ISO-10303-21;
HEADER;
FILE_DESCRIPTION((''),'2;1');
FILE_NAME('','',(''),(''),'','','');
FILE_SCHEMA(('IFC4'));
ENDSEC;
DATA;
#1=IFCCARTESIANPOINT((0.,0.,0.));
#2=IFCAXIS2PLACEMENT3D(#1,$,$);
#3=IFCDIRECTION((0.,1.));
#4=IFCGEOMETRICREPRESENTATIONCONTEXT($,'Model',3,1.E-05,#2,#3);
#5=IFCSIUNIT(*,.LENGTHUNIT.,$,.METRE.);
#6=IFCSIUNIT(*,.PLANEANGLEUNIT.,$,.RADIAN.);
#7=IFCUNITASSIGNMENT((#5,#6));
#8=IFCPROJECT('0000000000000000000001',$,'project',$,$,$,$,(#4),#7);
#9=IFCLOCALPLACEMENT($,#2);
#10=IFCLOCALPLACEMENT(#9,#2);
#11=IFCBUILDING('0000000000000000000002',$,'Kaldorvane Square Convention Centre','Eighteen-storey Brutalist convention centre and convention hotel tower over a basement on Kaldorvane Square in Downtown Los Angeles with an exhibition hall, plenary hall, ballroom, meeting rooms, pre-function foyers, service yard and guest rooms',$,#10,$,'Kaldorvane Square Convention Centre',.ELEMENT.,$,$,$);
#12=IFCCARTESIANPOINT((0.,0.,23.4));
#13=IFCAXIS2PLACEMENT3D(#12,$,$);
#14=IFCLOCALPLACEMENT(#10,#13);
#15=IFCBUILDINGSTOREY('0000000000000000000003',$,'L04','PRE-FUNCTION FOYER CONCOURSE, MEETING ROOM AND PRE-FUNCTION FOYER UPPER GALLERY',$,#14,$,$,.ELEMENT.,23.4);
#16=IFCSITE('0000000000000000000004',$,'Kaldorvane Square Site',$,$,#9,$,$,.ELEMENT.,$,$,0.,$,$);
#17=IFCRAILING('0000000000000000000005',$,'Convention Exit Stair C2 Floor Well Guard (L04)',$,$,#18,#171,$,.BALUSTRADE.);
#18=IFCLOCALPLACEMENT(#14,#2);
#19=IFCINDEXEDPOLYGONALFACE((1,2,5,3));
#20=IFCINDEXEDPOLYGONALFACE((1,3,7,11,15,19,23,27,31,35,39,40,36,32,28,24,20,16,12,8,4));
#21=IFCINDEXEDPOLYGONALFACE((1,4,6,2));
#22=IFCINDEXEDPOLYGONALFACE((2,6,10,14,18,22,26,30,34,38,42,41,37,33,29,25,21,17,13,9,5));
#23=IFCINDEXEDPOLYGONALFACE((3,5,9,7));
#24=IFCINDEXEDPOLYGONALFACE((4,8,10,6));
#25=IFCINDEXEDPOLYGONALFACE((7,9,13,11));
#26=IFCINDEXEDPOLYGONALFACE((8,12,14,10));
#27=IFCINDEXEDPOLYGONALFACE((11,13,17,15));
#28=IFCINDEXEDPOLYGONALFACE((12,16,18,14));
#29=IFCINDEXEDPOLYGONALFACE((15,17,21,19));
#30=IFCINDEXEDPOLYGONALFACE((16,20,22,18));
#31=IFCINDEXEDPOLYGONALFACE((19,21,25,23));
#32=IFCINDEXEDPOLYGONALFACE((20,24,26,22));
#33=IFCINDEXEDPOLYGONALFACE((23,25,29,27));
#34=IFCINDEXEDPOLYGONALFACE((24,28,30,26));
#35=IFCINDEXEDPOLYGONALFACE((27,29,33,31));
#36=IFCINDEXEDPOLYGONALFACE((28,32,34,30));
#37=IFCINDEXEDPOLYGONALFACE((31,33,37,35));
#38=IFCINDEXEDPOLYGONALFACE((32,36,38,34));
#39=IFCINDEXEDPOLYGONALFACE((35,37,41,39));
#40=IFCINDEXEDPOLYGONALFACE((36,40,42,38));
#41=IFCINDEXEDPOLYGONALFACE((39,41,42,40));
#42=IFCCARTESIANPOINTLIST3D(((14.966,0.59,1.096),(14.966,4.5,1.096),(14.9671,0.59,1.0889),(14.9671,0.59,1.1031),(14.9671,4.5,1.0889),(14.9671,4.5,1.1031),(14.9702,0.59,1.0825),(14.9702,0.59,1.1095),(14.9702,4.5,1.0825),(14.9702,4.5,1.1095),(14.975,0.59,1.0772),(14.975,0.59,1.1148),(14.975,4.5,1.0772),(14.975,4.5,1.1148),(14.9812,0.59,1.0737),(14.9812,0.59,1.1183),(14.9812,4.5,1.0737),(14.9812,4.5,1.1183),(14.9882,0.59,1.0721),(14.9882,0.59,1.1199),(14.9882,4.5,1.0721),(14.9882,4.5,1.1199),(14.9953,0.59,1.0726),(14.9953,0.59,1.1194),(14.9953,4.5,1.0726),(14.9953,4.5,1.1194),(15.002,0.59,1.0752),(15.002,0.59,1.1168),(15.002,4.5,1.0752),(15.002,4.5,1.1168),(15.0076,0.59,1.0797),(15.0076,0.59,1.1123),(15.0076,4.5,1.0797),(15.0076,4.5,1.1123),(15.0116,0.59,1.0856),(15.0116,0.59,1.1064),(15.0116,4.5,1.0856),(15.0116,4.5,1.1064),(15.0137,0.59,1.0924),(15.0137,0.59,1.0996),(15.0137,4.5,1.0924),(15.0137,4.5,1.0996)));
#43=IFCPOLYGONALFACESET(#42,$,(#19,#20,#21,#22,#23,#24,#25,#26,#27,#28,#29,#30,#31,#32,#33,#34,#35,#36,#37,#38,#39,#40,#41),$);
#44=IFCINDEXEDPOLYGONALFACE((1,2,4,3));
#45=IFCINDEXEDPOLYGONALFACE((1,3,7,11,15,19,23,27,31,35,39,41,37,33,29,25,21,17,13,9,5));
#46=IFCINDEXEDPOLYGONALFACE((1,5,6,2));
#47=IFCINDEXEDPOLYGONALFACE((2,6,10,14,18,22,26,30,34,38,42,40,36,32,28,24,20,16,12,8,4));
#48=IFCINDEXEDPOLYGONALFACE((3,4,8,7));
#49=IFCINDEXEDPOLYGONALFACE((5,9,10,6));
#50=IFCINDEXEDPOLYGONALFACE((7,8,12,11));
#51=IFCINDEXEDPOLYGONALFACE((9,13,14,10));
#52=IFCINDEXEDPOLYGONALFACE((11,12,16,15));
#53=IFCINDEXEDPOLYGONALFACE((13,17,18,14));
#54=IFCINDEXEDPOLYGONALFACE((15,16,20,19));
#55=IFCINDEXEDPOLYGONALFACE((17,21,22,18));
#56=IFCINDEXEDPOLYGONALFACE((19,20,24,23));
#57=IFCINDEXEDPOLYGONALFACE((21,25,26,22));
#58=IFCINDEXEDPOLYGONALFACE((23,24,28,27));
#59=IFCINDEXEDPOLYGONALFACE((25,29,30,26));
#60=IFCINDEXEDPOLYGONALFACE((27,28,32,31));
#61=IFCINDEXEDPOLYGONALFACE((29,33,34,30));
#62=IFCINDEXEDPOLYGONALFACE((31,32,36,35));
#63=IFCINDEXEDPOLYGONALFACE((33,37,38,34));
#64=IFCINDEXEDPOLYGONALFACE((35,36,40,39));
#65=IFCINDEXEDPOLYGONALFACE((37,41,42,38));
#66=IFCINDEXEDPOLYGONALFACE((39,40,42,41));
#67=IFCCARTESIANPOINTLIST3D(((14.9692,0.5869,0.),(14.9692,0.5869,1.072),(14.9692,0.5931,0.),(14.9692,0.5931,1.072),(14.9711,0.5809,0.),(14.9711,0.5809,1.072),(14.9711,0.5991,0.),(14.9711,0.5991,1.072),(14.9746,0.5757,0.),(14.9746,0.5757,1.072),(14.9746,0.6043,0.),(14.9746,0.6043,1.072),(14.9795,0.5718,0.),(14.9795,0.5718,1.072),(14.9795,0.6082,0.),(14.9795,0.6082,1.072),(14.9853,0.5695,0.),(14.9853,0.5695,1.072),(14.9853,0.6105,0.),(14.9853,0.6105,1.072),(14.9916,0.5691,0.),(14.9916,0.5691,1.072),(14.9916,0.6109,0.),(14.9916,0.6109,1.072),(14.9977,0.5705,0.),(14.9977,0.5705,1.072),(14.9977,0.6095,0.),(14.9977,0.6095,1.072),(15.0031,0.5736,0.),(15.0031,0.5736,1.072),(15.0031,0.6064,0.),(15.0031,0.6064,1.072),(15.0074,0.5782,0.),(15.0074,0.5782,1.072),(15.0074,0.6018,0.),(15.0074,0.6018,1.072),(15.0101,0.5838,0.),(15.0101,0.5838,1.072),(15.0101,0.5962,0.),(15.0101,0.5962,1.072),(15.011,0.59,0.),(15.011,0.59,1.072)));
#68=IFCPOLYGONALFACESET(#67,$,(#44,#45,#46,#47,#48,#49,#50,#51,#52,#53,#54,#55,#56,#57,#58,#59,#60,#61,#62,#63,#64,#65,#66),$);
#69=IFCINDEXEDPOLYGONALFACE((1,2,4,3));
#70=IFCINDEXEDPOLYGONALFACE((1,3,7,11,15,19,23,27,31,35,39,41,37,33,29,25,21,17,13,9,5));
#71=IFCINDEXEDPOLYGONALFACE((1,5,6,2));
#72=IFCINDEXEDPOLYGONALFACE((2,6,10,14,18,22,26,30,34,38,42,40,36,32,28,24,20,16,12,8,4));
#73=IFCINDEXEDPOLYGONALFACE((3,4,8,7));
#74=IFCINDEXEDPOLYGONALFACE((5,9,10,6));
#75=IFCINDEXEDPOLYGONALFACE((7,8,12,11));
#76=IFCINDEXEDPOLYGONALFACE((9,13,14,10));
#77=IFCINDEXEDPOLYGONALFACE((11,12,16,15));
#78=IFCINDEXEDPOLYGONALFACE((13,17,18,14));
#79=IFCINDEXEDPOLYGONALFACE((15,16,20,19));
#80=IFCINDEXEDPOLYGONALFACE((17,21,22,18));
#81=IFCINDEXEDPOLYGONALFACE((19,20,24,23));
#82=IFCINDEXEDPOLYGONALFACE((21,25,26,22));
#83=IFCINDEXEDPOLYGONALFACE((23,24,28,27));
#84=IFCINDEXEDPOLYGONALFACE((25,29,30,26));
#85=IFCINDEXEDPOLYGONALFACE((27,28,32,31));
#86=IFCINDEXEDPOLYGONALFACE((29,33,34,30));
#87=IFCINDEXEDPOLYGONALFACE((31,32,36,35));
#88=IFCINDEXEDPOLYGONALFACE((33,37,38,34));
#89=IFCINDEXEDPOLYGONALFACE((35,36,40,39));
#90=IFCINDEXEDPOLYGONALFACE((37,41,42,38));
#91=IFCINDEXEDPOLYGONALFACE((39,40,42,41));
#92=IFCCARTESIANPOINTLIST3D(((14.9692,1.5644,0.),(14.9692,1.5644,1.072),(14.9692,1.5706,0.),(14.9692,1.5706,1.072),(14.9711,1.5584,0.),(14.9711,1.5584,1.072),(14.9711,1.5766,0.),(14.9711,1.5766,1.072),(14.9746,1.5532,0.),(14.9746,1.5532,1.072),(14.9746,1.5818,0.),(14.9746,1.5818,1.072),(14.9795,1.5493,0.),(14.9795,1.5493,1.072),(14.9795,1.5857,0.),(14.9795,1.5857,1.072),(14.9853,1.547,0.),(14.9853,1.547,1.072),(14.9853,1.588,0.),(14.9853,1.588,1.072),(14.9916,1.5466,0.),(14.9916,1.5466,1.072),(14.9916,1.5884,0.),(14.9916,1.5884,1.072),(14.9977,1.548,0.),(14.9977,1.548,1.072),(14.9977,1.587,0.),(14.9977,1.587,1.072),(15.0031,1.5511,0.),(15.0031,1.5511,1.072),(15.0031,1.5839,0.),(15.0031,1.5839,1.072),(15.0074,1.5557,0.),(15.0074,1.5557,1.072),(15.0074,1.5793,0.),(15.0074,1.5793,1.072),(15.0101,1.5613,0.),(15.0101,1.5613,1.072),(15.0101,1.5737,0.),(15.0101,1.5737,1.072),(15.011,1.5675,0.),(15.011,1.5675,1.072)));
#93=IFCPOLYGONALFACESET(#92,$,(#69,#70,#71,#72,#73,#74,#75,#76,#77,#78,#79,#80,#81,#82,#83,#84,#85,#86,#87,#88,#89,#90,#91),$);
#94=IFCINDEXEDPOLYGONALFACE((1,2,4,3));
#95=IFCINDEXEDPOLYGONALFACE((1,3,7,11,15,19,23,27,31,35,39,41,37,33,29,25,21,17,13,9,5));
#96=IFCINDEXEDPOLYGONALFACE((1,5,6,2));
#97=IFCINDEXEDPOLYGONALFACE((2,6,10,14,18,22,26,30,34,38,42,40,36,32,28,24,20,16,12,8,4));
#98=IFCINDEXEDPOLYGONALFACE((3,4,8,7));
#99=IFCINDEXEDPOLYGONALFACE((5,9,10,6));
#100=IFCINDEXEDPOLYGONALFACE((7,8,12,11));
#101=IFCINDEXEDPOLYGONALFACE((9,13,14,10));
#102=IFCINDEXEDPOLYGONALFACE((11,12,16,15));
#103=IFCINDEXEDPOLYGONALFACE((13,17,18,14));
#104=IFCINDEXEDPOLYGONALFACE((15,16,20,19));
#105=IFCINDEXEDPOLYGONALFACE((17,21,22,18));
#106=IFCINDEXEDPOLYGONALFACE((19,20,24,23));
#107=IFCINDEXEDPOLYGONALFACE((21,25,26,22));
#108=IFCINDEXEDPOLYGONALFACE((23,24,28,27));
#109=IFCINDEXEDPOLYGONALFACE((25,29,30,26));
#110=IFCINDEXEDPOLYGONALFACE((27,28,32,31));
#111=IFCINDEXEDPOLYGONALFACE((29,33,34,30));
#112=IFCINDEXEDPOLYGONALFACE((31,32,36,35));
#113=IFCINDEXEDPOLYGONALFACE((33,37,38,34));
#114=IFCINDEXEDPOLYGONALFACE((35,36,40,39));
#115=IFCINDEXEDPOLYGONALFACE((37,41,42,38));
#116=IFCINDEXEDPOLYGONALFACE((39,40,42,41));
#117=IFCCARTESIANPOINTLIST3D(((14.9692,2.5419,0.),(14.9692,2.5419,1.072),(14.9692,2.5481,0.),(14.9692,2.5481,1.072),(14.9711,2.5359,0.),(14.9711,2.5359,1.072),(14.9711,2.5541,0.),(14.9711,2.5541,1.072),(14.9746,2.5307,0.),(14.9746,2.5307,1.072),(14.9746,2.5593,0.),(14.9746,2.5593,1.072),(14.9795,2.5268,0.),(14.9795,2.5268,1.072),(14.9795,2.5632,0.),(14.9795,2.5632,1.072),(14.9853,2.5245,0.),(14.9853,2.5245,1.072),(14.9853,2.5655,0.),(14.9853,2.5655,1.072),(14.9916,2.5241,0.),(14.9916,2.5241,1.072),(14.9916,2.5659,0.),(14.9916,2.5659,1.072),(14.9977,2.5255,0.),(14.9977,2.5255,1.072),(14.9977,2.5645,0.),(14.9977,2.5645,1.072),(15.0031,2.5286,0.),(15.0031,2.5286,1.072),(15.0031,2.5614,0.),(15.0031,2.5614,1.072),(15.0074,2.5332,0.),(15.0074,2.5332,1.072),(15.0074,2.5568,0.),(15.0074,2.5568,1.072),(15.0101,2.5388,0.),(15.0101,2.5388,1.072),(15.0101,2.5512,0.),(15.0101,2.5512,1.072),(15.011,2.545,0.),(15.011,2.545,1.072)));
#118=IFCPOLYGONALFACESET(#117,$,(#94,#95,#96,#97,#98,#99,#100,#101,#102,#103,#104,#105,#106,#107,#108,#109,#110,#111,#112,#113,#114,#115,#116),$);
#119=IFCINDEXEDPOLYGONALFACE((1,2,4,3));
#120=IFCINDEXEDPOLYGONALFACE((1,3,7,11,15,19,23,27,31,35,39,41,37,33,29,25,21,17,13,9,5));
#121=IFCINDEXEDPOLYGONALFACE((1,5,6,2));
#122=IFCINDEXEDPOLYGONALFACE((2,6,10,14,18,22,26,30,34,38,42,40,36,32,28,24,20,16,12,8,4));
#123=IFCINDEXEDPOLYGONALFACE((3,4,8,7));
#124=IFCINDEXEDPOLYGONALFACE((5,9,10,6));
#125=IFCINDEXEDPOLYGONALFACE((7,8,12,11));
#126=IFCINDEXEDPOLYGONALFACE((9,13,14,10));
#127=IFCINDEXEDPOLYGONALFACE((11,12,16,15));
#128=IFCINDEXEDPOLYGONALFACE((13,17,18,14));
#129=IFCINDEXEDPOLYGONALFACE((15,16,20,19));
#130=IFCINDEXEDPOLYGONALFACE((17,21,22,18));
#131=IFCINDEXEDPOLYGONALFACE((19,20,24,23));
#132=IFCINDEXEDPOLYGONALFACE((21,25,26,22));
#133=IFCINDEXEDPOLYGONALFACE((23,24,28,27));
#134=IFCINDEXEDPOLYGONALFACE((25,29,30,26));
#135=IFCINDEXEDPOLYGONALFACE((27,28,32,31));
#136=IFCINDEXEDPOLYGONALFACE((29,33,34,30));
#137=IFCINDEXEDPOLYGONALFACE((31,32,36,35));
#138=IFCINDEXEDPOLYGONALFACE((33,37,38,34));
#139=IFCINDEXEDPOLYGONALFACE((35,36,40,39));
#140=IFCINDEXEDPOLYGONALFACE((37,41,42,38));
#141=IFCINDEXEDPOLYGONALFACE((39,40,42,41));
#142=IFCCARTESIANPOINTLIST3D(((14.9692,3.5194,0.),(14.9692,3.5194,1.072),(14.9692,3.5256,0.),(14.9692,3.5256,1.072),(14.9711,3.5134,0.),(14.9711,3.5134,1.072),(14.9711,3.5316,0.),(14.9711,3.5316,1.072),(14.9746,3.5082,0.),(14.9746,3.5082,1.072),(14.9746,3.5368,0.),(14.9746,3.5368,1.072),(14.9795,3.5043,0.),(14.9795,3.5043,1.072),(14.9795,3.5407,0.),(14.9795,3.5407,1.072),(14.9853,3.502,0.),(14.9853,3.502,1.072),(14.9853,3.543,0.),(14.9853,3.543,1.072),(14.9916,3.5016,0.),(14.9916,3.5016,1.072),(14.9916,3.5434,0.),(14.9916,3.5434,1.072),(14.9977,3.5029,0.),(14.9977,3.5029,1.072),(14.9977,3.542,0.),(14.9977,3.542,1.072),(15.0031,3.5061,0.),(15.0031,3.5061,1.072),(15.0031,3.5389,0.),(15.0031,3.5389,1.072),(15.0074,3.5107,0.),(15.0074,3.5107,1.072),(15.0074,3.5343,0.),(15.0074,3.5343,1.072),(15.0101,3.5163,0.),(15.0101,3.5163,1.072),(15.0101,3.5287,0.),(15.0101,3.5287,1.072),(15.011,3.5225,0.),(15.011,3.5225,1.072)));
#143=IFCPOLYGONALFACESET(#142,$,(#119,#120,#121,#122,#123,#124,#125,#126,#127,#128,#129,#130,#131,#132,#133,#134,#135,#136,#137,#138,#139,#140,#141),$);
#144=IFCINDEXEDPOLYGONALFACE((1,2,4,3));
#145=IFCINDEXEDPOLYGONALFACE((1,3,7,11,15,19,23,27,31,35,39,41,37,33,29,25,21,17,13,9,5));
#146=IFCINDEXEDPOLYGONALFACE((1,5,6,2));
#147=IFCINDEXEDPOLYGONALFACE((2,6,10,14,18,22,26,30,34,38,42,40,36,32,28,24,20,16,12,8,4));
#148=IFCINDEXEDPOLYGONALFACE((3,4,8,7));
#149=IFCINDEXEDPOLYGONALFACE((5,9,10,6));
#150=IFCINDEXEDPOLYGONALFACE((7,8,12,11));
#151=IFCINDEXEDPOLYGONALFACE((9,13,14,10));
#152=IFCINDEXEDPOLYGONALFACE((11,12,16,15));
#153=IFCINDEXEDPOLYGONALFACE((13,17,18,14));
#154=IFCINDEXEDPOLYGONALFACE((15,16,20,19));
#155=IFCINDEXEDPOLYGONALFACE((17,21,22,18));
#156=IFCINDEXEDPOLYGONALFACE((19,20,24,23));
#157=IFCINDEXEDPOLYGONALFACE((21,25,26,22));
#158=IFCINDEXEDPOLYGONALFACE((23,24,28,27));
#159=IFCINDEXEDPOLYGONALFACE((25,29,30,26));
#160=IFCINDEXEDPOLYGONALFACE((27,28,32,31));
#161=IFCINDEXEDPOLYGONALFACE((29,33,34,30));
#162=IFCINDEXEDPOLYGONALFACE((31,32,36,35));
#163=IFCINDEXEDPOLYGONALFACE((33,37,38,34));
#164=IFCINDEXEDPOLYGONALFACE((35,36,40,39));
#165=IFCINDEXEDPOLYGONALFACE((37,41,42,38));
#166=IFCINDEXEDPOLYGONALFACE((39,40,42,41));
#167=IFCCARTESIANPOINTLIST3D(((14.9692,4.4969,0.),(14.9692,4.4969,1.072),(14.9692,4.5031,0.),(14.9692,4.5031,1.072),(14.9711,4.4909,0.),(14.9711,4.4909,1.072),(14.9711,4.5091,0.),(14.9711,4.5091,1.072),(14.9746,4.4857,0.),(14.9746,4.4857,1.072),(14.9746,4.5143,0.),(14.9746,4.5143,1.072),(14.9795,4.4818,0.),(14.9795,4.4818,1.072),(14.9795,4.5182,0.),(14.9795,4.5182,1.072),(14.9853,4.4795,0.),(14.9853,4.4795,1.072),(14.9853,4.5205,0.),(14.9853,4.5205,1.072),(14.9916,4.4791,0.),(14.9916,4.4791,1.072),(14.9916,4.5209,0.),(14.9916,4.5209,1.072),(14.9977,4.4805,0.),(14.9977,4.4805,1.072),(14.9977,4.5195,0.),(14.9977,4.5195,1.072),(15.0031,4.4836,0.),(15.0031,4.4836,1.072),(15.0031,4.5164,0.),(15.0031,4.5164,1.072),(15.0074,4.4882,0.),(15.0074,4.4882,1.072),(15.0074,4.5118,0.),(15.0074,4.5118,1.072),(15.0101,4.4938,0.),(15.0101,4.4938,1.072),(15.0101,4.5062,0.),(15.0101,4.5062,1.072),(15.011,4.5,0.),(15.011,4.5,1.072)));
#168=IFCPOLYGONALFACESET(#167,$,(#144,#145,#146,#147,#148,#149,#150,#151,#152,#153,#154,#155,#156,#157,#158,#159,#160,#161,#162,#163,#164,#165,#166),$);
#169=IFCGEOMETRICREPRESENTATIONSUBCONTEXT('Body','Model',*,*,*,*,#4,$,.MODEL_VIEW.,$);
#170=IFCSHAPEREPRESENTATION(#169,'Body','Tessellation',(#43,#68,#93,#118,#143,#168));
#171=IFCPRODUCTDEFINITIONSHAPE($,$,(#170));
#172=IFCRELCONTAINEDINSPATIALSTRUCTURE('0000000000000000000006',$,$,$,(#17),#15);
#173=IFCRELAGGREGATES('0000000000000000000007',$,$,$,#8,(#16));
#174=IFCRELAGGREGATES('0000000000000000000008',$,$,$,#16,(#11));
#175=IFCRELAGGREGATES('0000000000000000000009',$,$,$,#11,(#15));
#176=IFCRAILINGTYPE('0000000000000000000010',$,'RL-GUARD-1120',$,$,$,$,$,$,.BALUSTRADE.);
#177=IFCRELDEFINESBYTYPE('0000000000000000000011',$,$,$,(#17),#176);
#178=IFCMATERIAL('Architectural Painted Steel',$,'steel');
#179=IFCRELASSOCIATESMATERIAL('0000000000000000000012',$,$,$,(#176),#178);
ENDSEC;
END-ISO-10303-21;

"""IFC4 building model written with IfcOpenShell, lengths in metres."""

from ifc_helpers import new_model, si_unit, direction, frame, origin, origin_2d, place, context, subcontext, project, spatial, circle, extrude, material, type_object, element, save


model = new_model("IFC4")

# Units and contexts
model_context = context("Model", 3, precision=1e-05, world=origin(), true_north=direction((0.0, 1.0)))
body_context = subcontext(model_context, "Body", "Model", "MODEL_VIEW")
ifc_project = project(units=[si_unit("LENGTHUNIT", "METRE"), si_unit("PLANEANGLEUNIT", "RADIAN")], contexts=[model_context])

# Site, building, storey
site_placement = place(None, origin())
site = spatial("IfcSite", under=ifc_project, at=site_placement, Name="Kaldorvane Square Site", CompositionType="ELEMENT", RefElevation=0.0)
building_placement = place(site_placement, origin())
building = spatial("IfcBuilding", under=site, at=building_placement, Name="Kaldorvane Square Convention Centre", Description="Eighteen-storey Brutalist convention centre and convention hotel tower over a basement on Kaldorvane Square in Downtown Los Angeles with an exhibition hall, plenary hall, ballroom, meeting rooms, pre-function foyers, service yard and guest rooms", LongName="Kaldorvane Square Convention Centre", CompositionType="ELEMENT")
storey_placement = place(building_placement, frame((0.0, 0.0, 23.4)))
storey = spatial("IfcBuildingStorey", under=building, at=storey_placement, Name="L04", Description="PRE-FUNCTION FOYER CONCOURSE, MEETING ROOM AND PRE-FUNCTION FOYER UPPER GALLERY", CompositionType="ELEMENT", Elevation=23.4)

# Railing
ifc_material_1 = material(Name="Architectural Painted Steel", Category="steel")
railing_type = type_object("IfcRailingType", Name="RL-GUARD-1120", PredefinedType="BALUSTRADE", material=ifc_material_1)
railing_placement = place(storey_placement, frame((14.99, 0.59, 0.0)))
element("IfcRailing", 1, at=railing_placement, inside=storey, type_object=railing_type, Name="Convention Exit Stair C2 Floor Well Guard (L04)", PredefinedType="BALUSTRADE", context=body_context, shape_type="SweptSolid", body=[
    extrude(circle(Radius=0.024, at=origin_2d()), frame((0.0, 0.0, 1.096), z_axis=(0.0, 1.0, 0.0), x_axis=(-1.0, 0.0, 0.0)), (0.0, 0.0, 1.0), 3.91),
    extrude(circle(Radius=0.021, at=origin_2d()), origin(), (0.0, 0.0, 1.0), 1.072),
    extrude(circle(Radius=0.021, at=origin_2d()), frame((0.0, 0.9775, 0.0)), (0.0, 0.0, 1.0), 1.072),
    extrude(circle(Radius=0.021, at=origin_2d()), frame((0.0, 1.955, 0.0)), (0.0, 0.0, 1.0), 1.072),
    extrude(circle(Radius=0.021, at=origin_2d()), frame((0.0, 2.9325, 0.0)), (0.0, 0.0, 1.0), 1.072),
    extrude(circle(Radius=0.021, at=origin_2d()), frame((0.0, 3.91, 0.0)), (0.0, 0.0, 1.0), 1.072),
])

save(model, "model.ifc")
